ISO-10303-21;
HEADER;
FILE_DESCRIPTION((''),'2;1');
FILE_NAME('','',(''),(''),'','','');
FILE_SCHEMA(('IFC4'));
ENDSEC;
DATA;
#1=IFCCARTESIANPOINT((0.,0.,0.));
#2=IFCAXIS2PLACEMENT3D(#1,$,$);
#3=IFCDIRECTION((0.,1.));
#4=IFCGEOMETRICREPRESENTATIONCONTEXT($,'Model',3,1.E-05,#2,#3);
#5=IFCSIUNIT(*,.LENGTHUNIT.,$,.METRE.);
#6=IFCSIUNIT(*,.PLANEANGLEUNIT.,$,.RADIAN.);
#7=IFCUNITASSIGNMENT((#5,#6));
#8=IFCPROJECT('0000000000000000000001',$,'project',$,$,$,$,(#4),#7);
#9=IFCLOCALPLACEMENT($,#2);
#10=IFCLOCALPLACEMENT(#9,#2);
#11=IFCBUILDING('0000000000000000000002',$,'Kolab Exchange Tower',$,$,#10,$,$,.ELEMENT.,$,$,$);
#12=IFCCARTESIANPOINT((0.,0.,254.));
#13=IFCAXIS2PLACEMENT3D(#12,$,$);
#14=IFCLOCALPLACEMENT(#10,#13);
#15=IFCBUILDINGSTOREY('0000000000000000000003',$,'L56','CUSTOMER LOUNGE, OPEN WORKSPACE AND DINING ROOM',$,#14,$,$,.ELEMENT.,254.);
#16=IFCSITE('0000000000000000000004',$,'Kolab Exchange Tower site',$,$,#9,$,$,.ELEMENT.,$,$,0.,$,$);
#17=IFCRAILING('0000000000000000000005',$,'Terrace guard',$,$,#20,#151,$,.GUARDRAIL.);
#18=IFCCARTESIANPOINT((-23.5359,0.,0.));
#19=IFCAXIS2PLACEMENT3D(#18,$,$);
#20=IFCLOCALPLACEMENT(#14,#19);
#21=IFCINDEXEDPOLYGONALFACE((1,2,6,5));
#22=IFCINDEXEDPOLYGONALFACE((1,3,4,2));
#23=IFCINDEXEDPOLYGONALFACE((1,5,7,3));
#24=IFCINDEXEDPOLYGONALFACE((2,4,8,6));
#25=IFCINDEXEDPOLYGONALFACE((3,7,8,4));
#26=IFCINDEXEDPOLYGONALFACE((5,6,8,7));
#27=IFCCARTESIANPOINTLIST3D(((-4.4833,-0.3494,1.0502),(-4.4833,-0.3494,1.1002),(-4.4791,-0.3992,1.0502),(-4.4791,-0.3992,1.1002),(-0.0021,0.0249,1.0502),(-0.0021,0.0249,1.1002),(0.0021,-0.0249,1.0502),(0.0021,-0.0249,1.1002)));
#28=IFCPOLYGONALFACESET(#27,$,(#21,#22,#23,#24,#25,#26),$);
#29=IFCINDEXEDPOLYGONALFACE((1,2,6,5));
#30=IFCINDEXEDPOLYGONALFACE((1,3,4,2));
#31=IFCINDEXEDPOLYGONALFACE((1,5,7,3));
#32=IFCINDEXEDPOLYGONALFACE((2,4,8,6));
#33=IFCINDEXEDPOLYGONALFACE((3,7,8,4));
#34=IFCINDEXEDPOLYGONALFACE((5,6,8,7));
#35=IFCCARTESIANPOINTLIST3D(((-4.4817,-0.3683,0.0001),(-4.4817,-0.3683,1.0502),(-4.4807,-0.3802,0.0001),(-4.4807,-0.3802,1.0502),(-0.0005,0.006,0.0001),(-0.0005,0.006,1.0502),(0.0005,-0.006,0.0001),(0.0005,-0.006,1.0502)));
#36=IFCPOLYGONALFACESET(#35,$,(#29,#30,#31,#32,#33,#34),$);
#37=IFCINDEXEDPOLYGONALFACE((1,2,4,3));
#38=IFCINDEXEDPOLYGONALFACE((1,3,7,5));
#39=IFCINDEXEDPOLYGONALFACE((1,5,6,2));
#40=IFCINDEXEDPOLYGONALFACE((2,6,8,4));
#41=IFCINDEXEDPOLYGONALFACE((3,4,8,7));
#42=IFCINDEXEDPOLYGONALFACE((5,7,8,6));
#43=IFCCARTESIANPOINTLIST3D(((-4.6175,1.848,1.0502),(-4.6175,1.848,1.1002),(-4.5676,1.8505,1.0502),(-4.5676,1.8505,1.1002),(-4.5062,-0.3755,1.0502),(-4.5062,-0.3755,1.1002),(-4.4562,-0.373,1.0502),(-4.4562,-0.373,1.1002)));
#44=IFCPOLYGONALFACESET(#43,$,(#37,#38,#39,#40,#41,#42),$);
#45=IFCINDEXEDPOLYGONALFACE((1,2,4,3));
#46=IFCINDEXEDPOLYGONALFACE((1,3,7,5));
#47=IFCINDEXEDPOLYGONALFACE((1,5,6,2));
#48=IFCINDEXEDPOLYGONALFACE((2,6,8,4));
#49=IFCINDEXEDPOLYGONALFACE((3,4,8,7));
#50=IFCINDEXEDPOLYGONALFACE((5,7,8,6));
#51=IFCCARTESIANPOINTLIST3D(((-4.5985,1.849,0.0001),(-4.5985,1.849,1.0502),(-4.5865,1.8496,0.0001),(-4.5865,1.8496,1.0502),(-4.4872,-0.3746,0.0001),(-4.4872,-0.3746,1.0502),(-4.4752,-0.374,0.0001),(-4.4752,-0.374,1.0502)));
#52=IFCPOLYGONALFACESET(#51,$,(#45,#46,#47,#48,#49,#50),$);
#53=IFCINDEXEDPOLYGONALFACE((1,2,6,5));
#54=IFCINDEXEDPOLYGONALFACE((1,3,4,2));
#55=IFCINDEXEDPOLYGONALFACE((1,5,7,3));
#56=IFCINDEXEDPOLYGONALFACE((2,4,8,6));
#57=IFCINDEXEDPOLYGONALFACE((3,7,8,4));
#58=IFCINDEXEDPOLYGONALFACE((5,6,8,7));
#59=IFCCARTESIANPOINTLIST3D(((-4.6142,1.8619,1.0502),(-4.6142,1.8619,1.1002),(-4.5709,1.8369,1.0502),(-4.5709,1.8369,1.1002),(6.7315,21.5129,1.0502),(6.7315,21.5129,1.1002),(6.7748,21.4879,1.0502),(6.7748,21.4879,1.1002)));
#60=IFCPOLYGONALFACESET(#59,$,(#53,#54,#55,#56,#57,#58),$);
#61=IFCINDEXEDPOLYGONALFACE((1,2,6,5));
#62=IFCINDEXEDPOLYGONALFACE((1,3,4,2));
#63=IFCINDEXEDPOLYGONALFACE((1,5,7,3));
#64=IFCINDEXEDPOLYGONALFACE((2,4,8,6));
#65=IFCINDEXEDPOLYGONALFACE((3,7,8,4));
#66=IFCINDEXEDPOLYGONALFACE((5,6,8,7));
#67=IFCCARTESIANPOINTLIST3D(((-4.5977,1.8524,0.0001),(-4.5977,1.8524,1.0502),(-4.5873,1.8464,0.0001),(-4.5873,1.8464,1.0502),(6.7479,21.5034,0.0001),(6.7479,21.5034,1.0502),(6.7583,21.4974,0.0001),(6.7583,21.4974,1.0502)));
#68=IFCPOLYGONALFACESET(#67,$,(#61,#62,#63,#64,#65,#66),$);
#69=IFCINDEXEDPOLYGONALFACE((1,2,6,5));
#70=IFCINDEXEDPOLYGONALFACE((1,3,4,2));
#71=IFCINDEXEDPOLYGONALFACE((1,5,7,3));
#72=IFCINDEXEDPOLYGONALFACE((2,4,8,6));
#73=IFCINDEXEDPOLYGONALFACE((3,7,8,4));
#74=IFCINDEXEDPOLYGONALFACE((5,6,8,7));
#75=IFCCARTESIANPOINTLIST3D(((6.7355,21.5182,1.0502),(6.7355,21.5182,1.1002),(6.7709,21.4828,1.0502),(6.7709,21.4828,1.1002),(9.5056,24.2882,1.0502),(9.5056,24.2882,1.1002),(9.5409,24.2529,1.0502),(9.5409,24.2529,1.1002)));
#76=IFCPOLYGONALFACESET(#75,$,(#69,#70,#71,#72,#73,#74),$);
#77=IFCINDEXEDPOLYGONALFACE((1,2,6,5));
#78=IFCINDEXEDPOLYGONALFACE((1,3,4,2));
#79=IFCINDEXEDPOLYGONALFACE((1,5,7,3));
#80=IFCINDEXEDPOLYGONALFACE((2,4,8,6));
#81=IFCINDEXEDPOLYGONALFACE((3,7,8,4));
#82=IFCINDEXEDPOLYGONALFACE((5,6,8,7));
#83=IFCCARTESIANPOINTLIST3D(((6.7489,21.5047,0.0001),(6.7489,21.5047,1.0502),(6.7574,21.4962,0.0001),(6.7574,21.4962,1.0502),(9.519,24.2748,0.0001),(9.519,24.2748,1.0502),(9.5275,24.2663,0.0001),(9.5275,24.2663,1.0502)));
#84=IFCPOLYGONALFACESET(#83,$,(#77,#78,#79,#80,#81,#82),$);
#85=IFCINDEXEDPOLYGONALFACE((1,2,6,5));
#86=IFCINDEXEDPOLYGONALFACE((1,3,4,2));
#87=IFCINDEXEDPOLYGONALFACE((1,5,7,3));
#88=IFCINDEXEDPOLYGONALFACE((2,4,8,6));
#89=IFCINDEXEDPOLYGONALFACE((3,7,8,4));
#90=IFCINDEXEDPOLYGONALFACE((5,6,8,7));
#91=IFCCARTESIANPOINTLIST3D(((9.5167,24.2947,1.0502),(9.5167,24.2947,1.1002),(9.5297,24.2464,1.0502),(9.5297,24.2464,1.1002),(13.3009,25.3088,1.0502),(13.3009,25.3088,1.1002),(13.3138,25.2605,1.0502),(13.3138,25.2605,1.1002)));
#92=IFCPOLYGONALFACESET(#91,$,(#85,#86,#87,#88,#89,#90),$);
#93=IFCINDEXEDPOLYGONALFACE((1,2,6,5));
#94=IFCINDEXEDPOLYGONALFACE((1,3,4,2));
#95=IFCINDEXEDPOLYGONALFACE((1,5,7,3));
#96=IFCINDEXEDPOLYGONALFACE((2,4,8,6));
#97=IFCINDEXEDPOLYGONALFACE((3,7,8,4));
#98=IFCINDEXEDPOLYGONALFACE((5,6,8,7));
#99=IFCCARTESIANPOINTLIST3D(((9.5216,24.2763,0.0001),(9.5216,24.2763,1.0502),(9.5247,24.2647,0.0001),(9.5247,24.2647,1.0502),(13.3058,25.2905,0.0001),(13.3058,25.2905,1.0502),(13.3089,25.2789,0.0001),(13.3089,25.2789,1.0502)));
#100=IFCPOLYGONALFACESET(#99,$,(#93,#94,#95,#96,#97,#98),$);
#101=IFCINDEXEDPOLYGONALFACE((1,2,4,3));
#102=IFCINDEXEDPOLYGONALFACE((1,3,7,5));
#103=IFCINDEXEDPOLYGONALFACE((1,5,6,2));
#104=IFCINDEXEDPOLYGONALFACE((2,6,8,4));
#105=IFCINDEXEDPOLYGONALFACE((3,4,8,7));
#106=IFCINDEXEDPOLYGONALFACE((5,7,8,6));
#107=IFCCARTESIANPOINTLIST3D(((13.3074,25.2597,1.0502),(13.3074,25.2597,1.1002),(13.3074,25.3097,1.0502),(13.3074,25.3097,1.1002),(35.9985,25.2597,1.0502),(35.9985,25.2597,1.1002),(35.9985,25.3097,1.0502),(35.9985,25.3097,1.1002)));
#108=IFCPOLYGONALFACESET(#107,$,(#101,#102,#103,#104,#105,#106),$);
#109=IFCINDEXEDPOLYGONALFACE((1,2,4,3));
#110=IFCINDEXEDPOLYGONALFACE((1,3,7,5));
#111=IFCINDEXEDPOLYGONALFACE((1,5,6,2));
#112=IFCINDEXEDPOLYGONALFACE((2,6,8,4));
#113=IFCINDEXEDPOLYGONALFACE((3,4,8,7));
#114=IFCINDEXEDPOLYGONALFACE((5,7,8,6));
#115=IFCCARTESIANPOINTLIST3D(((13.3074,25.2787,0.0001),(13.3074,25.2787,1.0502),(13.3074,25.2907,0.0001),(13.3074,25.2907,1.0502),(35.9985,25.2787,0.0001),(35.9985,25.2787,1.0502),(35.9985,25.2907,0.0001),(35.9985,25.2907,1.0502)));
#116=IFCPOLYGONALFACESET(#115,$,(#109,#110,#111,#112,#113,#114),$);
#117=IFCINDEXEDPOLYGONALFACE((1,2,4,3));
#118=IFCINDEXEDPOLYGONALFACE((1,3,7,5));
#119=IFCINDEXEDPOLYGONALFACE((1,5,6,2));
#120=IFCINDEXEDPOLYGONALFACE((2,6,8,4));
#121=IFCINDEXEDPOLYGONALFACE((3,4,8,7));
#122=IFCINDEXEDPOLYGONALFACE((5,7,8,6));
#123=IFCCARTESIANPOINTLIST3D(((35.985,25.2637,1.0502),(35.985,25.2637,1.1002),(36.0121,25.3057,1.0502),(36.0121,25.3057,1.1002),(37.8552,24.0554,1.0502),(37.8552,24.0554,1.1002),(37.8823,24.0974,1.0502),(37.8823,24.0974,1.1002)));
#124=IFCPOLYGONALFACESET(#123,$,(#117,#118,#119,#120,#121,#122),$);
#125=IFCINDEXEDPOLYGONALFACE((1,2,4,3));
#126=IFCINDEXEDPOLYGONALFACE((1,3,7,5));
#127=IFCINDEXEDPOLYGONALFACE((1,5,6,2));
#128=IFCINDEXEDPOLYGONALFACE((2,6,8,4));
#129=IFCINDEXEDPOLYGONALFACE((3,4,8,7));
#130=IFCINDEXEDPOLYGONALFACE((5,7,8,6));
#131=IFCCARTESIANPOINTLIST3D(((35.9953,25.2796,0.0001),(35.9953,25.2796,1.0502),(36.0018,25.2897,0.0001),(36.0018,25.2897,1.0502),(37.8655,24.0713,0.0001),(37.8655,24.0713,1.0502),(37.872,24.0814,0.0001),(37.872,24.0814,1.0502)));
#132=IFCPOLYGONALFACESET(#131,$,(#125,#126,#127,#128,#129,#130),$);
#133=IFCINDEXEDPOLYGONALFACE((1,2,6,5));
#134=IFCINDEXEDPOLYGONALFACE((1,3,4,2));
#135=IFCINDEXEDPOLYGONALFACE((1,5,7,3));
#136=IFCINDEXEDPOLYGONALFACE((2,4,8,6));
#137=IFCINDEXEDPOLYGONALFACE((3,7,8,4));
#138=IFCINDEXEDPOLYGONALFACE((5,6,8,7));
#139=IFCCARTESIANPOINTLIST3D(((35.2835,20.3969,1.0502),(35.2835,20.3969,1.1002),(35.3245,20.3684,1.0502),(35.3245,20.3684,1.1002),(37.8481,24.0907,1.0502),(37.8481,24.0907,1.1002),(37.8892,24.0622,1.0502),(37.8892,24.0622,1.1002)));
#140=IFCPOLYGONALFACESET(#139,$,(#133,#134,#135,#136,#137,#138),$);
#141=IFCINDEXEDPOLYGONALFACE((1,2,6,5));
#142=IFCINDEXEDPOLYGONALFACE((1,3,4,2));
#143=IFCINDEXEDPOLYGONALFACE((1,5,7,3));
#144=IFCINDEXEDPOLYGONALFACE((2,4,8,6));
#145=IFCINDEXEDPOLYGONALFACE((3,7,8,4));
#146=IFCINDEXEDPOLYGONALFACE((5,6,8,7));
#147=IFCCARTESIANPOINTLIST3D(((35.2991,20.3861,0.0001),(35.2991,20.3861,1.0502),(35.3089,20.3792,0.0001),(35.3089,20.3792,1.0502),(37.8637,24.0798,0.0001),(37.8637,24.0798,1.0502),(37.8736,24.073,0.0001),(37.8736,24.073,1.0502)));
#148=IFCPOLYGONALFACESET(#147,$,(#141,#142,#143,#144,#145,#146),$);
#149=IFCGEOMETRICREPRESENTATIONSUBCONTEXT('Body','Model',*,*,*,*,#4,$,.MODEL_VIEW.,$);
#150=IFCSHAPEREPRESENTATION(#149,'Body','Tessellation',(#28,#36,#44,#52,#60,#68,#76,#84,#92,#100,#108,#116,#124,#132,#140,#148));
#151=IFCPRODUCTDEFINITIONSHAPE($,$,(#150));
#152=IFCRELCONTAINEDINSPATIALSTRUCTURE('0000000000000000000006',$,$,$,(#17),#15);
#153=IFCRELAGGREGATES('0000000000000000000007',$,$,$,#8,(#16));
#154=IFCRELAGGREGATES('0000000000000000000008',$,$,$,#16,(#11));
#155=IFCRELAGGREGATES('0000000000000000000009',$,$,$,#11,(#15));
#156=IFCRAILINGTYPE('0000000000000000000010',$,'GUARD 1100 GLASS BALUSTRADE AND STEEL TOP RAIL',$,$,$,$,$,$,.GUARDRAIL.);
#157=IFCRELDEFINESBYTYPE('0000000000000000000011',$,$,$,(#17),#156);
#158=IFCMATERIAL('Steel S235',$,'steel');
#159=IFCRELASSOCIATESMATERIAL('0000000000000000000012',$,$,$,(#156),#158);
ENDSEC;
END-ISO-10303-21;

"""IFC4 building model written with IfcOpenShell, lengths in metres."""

from ifc_helpers import new_model, si_unit, direction, frame, frame_2d, origin, origin_2d, place, context, subcontext, project, spatial, rectangle, extrude, material, type_object, element, save


model = new_model("IFC4")

# Units and contexts
model_context = context("Model", 3, precision=1e-05, world=origin(), true_north=direction((0.0, 1.0)))
body_context = subcontext(model_context, "Body", "Model", "MODEL_VIEW")
ifc_project = project(units=[si_unit("LENGTHUNIT", "METRE"), si_unit("PLANEANGLEUNIT", "RADIAN")], contexts=[model_context])

# Site, building, storey
site_placement = place(None, origin())
site = spatial("IfcSite", under=ifc_project, at=site_placement, Name="Kolab Exchange Tower site", CompositionType="ELEMENT", RefElevation=0.0)
building_placement = place(site_placement, origin())
building = spatial("IfcBuilding", under=site, at=building_placement, Name="Kolab Exchange Tower", CompositionType="ELEMENT")
storey_placement = place(building_placement, frame((0.0, 0.0, 254.0)))
storey = spatial("IfcBuildingStorey", under=building, at=storey_placement, Name="L56", Description="CUSTOMER LOUNGE, OPEN WORKSPACE AND DINING ROOM", CompositionType="ELEMENT", Elevation=254.0)

# Railing
ifc_material_1 = material(Name="Steel S235", Category="steel")
railing_type = type_object("IfcRailingType", Name="GUARD 1100 GLASS BALUSTRADE AND STEEL TOP RAIL", PredefinedType="GUARDRAIL", material=ifc_material_1)
railing_1_placement = place(storey_placement, frame((-23.5359, 0.0, 0.0)))
element("IfcRailing", 1, at=railing_1_placement, inside=storey, type_object=railing_type, Name="Terrace guard", PredefinedType="GUARDRAIL", context=body_context, shape_type="SweptSolid", body=[
    extrude(rectangle(XDim=0.05, YDim=0.05, at=origin_2d()), frame((0.0, 0.0, 1.0752), z_axis=(-0.99653, -0.08323, 0.0), x_axis=(0.08323, -0.99653, 0.0)), (0.0, 0.0, 1.0), 4.4968),
    extrude(rectangle(XDim=0.012, YDim=1.0501, at=frame_2d((0.0, 0.5251))), frame((0.0, 0.0, 0.0), z_axis=(-0.99653, -0.08323, 0.0), x_axis=(0.08323, -0.99653, 0.0)), (0.0, 0.0, 1.0), 4.4968),
    extrude(rectangle(XDim=0.05, YDim=0.05, at=origin_2d()), frame((-4.4812, -0.3743, 1.0752), z_axis=(-0.050003, 0.998749, 0.0), x_axis=(-0.998749, -0.050003, 0.0)), (0.0, 0.0, 1.0), 2.2263),
    extrude(rectangle(XDim=0.012, YDim=1.0501, at=frame_2d((0.0, 0.5251))), frame((-4.4812, -0.3743, 0.0), z_axis=(-0.050003, 0.998749, 0.0), x_axis=(-0.998749, -0.050003, 0.0)), (0.0, 0.0, 1.0), 2.2263),
    extrude(rectangle(XDim=0.05, YDim=0.05, at=origin_2d()), frame((-4.5925, 1.8494, 1.0752), z_axis=(0.500004, 0.866023, 0.0), x_axis=(-0.866023, 0.500004, 0.0)), (0.0, 0.0, 1.0), 22.6912),
    extrude(rectangle(XDim=0.012, YDim=1.0501, at=frame_2d((0.0, 0.5251))), frame((-4.5925, 1.8494, 0.0), z_axis=(0.500004, 0.866023, 0.0), x_axis=(-0.866023, 0.500004, 0.0)), (0.0, 0.0, 1.0), 22.6912),
    extrude(rectangle(XDim=0.05, YDim=0.05, at=origin_2d()), frame((6.7532, 21.5005, 1.0752), z_axis=(0.707107, 0.707107, 0.0), x_axis=(-0.707107, 0.707107, 0.0)), (0.0, 0.0, 1.0), 3.9175),
    extrude(rectangle(XDim=0.012, YDim=1.0501, at=frame_2d((0.0, 0.5251))), frame((6.7532, 21.5005, 0.0), z_axis=(0.707107, 0.707107, 0.0), x_axis=(-0.707107, 0.707107, 0.0)), (0.0, 0.0, 1.0), 3.9175),
    extrude(rectangle(XDim=0.05, YDim=0.05, at=origin_2d()), frame((9.5232, 24.2705, 1.0752), z_axis=(0.965914, 0.258865, 0.0), x_axis=(-0.258865, 0.965914, 0.0)), (0.0, 0.0, 1.0), 3.9177),
    extrude(rectangle(XDim=0.012, YDim=1.0501, at=frame_2d((0.0, 0.5251))), frame((9.5232, 24.2705, 0.0), z_axis=(0.965914, 0.258865, 0.0), x_axis=(-0.258865, 0.965914, 0.0)), (0.0, 0.0, 1.0), 3.9177),
    extrude(rectangle(XDim=0.05, YDim=0.05, at=origin_2d()), frame((13.3074, 25.2847, 1.0752), z_axis=(1.0, 0.0, 0.0), x_axis=(0.0, 1.0, 0.0)), (0.0, 0.0, 1.0), 22.6912),
    extrude(rectangle(XDim=0.012, YDim=1.0501, at=frame_2d((0.0, 0.5251))), frame((13.3074, 25.2847, 0.0), z_axis=(1.0, 0.0, 0.0), x_axis=(0.0, 1.0, 0.0)), (0.0, 0.0, 1.0), 22.6912),
    extrude(rectangle(XDim=0.05, YDim=0.05, at=origin_2d()), frame((35.9985, 25.2847, 1.0752), z_axis=(0.839944, -0.542674, 0.0), x_axis=(0.542674, 0.839944, 0.0)), (0.0, 0.0, 1.0), 2.2266),
    extrude(rectangle(XDim=0.012, YDim=1.0501, at=frame_2d((0.0, 0.5251))), frame((35.9985, 25.2847, 0.0), z_axis=(0.839944, -0.542674, 0.0), x_axis=(0.542674, 0.839944, 0.0)), (0.0, 0.0, 1.0), 2.2266),
    extrude(rectangle(XDim=0.05, YDim=0.05, at=origin_2d()), frame((37.8687, 24.0764, 1.0752), z_axis=(-0.570325, -0.821419, 0.0), x_axis=(0.821419, -0.570325, 0.0)), (0.0, 0.0, 1.0), 4.4968),
    extrude(rectangle(XDim=0.012, YDim=1.0501, at=frame_2d((0.0, 0.5251))), frame((37.8687, 24.0764, 0.0), z_axis=(-0.570325, -0.821419, 0.0), x_axis=(0.821419, -0.570325, 0.0)), (0.0, 0.0, 1.0), 4.4968),
])

save(model, "model.ifc")
